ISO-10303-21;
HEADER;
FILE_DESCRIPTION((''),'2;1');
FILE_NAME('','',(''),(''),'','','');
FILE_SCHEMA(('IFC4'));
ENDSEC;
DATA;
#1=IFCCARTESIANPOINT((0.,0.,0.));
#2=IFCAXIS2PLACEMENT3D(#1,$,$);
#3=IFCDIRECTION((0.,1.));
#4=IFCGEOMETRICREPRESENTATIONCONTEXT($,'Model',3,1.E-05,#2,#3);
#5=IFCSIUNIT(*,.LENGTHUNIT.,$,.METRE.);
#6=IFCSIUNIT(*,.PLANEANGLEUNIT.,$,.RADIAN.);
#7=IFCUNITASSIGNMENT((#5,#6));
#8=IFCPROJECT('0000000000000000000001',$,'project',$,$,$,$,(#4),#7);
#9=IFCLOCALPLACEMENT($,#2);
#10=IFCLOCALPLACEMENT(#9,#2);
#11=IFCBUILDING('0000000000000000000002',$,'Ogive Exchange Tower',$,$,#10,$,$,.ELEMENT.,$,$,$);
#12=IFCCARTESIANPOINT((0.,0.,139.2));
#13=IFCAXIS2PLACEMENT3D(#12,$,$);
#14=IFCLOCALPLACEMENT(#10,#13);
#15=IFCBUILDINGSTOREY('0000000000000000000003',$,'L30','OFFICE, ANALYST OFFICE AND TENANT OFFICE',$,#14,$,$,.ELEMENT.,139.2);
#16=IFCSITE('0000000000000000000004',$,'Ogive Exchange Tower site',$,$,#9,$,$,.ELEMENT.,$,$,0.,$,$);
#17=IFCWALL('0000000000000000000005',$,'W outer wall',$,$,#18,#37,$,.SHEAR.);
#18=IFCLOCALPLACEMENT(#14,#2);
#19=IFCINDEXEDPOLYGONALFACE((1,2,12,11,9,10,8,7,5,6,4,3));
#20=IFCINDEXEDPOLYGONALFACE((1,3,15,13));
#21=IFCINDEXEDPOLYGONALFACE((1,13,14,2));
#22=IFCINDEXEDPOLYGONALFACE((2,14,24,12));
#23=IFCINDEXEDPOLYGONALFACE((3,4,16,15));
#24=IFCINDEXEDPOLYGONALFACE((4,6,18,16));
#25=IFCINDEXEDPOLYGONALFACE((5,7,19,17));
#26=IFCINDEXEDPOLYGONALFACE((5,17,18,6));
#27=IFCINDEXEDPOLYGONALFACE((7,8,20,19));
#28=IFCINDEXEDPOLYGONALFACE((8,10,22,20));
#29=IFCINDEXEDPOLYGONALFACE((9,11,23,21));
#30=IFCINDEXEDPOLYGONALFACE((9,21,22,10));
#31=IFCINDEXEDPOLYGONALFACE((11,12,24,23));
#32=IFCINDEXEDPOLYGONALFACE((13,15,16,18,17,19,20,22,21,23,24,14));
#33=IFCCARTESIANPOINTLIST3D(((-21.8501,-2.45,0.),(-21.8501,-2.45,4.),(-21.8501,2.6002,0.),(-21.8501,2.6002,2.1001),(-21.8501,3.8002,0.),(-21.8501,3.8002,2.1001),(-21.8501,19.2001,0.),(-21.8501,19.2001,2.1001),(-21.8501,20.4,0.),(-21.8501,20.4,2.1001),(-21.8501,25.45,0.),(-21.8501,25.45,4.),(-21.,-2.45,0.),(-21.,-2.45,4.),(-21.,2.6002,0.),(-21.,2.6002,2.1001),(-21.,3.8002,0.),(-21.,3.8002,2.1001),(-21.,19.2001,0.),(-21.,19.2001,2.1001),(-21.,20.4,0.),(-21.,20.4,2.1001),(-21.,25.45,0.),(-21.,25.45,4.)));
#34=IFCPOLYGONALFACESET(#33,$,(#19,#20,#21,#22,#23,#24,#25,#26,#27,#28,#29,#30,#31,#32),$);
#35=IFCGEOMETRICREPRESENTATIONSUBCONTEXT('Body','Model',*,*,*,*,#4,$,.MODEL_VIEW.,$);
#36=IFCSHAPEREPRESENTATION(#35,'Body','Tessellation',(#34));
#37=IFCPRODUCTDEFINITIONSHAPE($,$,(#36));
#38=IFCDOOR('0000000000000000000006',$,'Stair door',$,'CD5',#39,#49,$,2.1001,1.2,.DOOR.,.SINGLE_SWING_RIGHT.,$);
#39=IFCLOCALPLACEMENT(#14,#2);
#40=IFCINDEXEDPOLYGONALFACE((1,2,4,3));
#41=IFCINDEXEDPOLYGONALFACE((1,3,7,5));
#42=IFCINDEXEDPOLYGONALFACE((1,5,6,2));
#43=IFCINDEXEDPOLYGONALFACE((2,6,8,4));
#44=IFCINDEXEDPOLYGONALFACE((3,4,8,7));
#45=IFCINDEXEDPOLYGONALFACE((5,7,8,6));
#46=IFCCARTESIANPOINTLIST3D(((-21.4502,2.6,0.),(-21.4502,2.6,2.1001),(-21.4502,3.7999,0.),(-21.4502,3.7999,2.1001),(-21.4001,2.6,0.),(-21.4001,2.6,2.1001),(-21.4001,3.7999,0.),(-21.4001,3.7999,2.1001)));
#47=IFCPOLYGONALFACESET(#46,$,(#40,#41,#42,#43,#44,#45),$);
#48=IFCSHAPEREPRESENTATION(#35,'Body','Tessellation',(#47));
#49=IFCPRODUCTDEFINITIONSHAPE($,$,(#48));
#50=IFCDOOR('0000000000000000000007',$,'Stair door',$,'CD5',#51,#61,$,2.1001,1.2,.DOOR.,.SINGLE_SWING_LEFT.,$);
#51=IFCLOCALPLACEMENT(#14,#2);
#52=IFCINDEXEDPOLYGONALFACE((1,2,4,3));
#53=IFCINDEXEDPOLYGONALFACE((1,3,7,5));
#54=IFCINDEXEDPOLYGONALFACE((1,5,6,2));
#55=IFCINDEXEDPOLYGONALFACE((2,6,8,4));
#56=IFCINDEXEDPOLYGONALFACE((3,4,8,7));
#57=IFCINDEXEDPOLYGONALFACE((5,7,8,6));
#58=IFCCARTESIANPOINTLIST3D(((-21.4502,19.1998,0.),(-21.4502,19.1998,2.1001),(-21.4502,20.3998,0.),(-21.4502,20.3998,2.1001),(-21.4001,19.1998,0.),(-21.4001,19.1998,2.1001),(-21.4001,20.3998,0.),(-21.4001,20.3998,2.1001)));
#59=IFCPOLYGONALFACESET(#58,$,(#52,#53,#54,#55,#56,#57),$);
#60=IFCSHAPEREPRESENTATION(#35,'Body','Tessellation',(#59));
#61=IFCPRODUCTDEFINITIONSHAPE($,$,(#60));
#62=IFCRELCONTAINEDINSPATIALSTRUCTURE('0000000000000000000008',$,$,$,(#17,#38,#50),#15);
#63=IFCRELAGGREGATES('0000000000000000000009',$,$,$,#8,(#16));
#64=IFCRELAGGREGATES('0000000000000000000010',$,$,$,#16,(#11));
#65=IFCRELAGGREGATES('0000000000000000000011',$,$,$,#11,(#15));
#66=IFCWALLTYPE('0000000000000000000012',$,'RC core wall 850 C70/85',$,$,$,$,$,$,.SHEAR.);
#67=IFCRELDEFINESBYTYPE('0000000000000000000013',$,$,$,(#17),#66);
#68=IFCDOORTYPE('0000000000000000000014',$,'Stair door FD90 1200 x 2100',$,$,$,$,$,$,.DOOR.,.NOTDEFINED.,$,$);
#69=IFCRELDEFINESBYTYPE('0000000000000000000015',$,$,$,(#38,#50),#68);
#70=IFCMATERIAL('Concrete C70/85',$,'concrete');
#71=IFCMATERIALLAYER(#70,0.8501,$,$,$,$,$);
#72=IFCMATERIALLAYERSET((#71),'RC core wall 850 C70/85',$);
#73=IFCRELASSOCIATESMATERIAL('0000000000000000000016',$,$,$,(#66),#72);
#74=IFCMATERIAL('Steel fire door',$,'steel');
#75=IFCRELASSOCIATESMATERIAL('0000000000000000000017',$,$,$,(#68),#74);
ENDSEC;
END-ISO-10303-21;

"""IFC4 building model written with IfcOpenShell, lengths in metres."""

from ifc_helpers import new_model, si_unit, direction, frame, frame_2d, origin, place, context, subcontext, project, spatial, rectangle, extrude, material, layer, layer_set, type_object, element, fill, save


model = new_model("IFC4")

# Units and contexts
model_context = context("Model", 3, precision=1e-05, world=origin(), true_north=direction((0.0, 1.0)))
body_context = subcontext(model_context, "Body", "Model", "MODEL_VIEW")
ifc_project = project(units=[si_unit("LENGTHUNIT", "METRE"), si_unit("PLANEANGLEUNIT", "RADIAN")], contexts=[model_context])

# Site, building, storey
site_placement = place(None, origin())
site = spatial("IfcSite", under=ifc_project, at=site_placement, Name="Ogive Exchange Tower site", CompositionType="ELEMENT", RefElevation=0.0)
building_placement = place(site_placement, origin())
building = spatial("IfcBuilding", under=site, at=building_placement, Name="Ogive Exchange Tower", CompositionType="ELEMENT")
storey_placement = place(building_placement, frame((0.0, 0.0, 139.2)))
storey = spatial("IfcBuildingStorey", under=building, at=storey_placement, Name="L30", Description="OFFICE, ANALYST OFFICE AND TENANT OFFICE", CompositionType="ELEMENT", Elevation=139.2)

# Shared definitions
ifc_material_1 = material(Name="Concrete C70/85", Category="concrete")

# Wall, openings, doors
ifc_layer_1 = layer(ifc_material_1, 0.8501)
ifc_layer_set_1 = layer_set([ifc_layer_1], Name="RC core wall 850 C70/85")
wall_type_1 = type_object("IfcWallType", Name="RC core wall 850 C70/85", PredefinedType="SHEAR", material=ifc_layer_set_1)
wall_1_placement = place(storey_placement, frame((-21.425, -2.45, 0.0), z_axis=(0.0, 0.0, 1.0), x_axis=(0.0, 1.0, 0.0)))
wall_1 = element("IfcWall", 1, at=wall_1_placement, inside=storey, type_object=wall_type_1, Name="W outer wall", PredefinedType="SHEAR", context=body_context, shape_type="SweptSolid", body=[
    extrude(rectangle(XDim=27.8999, YDim=0.8501, at=frame_2d((13.95, 0.0))), origin(), (0.0, 0.0, 1.0), 4.0),
])
opening_1_placement = place(wall_1_placement, frame((5.05, 0.0, 0.0)))
opening_1 = element("IfcOpeningElement", 2, at=opening_1_placement, cuts=wall_1, PredefinedType="OPENING", context=body_context, shape_type="SweptSolid", body=[
    extrude(rectangle(XDim=1.2, YDim=2.1001, at=frame_2d((0.6001, 1.05))), frame((0.0, 0.4351, 0.0), z_axis=(0.0, -1.0, 0.0), x_axis=(1.0, 0.0, 0.0)), (0.0, 0.0, 1.0), 0.8701),
])
opening_2_placement = place(wall_1_placement, frame((21.6499, 0.0, 0.0)))
opening_2 = element("IfcOpeningElement", 3, at=opening_2_placement, cuts=wall_1, PredefinedType="OPENING", context=body_context, shape_type="SweptSolid", body=[
    extrude(rectangle(XDim=1.2, YDim=2.1001, at=frame_2d((0.6001, 1.05))), frame((0.0, 0.4351, 0.0), z_axis=(0.0, -1.0, 0.0), x_axis=(1.0, 0.0, 0.0)), (0.0, 0.0, 1.0), 0.8701),
])
ifc_material_2 = material(Name="Steel fire door", Category="steel")
door_type_1 = type_object("IfcDoorType", Name="Stair door FD90 1200 x 2100", OperationType="NOTDEFINED", PredefinedType="DOOR", material=ifc_material_2)
door_1_placement = place(opening_1_placement, frame((1.2, 0.0, 0.0), z_axis=(0.0, 0.0, 1.0), x_axis=(-1.0, 0.0, 0.0)))
door_1 = element("IfcDoor", 4, at=door_1_placement, inside=storey, type_object=door_type_1, Name="Stair door", ObjectType="CD5", OperationType="SINGLE_SWING_RIGHT", OverallHeight=2.1001, OverallWidth=1.2, PredefinedType="DOOR", context=body_context, shape_type="SweptSolid", body=[
    extrude(rectangle(XDim=1.2, YDim=2.1001, at=frame_2d((0.6001, 1.05))), frame((0.0, 0.0249, 0.0), z_axis=(0.0, -1.0, 0.0), x_axis=(1.0, 0.0, 0.0)), (0.0, 0.0, 1.0), 0.05),
])
fill(opening_1, door_1)
door_2_placement = place(opening_2_placement, frame((1.2, 0.0, 0.0), z_axis=(0.0, 0.0, 1.0), x_axis=(-1.0, 0.0, 0.0)))
door_2 = element("IfcDoor", 5, at=door_2_placement, inside=storey, type_object=door_type_1, Name="Stair door", ObjectType="CD5", OperationType="SINGLE_SWING_LEFT", OverallHeight=2.1001, OverallWidth=1.2, PredefinedType="DOOR", context=body_context, shape_type="SweptSolid", body=[
    extrude(rectangle(XDim=1.2, YDim=2.1001, at=frame_2d((0.6001, 1.05))), frame((0.0, 0.0249, 0.0), z_axis=(0.0, -1.0, 0.0), x_axis=(1.0, 0.0, 0.0)), (0.0, 0.0, 1.0), 0.05),
])
fill(opening_2, door_2)

save(model, "model.ifc")
